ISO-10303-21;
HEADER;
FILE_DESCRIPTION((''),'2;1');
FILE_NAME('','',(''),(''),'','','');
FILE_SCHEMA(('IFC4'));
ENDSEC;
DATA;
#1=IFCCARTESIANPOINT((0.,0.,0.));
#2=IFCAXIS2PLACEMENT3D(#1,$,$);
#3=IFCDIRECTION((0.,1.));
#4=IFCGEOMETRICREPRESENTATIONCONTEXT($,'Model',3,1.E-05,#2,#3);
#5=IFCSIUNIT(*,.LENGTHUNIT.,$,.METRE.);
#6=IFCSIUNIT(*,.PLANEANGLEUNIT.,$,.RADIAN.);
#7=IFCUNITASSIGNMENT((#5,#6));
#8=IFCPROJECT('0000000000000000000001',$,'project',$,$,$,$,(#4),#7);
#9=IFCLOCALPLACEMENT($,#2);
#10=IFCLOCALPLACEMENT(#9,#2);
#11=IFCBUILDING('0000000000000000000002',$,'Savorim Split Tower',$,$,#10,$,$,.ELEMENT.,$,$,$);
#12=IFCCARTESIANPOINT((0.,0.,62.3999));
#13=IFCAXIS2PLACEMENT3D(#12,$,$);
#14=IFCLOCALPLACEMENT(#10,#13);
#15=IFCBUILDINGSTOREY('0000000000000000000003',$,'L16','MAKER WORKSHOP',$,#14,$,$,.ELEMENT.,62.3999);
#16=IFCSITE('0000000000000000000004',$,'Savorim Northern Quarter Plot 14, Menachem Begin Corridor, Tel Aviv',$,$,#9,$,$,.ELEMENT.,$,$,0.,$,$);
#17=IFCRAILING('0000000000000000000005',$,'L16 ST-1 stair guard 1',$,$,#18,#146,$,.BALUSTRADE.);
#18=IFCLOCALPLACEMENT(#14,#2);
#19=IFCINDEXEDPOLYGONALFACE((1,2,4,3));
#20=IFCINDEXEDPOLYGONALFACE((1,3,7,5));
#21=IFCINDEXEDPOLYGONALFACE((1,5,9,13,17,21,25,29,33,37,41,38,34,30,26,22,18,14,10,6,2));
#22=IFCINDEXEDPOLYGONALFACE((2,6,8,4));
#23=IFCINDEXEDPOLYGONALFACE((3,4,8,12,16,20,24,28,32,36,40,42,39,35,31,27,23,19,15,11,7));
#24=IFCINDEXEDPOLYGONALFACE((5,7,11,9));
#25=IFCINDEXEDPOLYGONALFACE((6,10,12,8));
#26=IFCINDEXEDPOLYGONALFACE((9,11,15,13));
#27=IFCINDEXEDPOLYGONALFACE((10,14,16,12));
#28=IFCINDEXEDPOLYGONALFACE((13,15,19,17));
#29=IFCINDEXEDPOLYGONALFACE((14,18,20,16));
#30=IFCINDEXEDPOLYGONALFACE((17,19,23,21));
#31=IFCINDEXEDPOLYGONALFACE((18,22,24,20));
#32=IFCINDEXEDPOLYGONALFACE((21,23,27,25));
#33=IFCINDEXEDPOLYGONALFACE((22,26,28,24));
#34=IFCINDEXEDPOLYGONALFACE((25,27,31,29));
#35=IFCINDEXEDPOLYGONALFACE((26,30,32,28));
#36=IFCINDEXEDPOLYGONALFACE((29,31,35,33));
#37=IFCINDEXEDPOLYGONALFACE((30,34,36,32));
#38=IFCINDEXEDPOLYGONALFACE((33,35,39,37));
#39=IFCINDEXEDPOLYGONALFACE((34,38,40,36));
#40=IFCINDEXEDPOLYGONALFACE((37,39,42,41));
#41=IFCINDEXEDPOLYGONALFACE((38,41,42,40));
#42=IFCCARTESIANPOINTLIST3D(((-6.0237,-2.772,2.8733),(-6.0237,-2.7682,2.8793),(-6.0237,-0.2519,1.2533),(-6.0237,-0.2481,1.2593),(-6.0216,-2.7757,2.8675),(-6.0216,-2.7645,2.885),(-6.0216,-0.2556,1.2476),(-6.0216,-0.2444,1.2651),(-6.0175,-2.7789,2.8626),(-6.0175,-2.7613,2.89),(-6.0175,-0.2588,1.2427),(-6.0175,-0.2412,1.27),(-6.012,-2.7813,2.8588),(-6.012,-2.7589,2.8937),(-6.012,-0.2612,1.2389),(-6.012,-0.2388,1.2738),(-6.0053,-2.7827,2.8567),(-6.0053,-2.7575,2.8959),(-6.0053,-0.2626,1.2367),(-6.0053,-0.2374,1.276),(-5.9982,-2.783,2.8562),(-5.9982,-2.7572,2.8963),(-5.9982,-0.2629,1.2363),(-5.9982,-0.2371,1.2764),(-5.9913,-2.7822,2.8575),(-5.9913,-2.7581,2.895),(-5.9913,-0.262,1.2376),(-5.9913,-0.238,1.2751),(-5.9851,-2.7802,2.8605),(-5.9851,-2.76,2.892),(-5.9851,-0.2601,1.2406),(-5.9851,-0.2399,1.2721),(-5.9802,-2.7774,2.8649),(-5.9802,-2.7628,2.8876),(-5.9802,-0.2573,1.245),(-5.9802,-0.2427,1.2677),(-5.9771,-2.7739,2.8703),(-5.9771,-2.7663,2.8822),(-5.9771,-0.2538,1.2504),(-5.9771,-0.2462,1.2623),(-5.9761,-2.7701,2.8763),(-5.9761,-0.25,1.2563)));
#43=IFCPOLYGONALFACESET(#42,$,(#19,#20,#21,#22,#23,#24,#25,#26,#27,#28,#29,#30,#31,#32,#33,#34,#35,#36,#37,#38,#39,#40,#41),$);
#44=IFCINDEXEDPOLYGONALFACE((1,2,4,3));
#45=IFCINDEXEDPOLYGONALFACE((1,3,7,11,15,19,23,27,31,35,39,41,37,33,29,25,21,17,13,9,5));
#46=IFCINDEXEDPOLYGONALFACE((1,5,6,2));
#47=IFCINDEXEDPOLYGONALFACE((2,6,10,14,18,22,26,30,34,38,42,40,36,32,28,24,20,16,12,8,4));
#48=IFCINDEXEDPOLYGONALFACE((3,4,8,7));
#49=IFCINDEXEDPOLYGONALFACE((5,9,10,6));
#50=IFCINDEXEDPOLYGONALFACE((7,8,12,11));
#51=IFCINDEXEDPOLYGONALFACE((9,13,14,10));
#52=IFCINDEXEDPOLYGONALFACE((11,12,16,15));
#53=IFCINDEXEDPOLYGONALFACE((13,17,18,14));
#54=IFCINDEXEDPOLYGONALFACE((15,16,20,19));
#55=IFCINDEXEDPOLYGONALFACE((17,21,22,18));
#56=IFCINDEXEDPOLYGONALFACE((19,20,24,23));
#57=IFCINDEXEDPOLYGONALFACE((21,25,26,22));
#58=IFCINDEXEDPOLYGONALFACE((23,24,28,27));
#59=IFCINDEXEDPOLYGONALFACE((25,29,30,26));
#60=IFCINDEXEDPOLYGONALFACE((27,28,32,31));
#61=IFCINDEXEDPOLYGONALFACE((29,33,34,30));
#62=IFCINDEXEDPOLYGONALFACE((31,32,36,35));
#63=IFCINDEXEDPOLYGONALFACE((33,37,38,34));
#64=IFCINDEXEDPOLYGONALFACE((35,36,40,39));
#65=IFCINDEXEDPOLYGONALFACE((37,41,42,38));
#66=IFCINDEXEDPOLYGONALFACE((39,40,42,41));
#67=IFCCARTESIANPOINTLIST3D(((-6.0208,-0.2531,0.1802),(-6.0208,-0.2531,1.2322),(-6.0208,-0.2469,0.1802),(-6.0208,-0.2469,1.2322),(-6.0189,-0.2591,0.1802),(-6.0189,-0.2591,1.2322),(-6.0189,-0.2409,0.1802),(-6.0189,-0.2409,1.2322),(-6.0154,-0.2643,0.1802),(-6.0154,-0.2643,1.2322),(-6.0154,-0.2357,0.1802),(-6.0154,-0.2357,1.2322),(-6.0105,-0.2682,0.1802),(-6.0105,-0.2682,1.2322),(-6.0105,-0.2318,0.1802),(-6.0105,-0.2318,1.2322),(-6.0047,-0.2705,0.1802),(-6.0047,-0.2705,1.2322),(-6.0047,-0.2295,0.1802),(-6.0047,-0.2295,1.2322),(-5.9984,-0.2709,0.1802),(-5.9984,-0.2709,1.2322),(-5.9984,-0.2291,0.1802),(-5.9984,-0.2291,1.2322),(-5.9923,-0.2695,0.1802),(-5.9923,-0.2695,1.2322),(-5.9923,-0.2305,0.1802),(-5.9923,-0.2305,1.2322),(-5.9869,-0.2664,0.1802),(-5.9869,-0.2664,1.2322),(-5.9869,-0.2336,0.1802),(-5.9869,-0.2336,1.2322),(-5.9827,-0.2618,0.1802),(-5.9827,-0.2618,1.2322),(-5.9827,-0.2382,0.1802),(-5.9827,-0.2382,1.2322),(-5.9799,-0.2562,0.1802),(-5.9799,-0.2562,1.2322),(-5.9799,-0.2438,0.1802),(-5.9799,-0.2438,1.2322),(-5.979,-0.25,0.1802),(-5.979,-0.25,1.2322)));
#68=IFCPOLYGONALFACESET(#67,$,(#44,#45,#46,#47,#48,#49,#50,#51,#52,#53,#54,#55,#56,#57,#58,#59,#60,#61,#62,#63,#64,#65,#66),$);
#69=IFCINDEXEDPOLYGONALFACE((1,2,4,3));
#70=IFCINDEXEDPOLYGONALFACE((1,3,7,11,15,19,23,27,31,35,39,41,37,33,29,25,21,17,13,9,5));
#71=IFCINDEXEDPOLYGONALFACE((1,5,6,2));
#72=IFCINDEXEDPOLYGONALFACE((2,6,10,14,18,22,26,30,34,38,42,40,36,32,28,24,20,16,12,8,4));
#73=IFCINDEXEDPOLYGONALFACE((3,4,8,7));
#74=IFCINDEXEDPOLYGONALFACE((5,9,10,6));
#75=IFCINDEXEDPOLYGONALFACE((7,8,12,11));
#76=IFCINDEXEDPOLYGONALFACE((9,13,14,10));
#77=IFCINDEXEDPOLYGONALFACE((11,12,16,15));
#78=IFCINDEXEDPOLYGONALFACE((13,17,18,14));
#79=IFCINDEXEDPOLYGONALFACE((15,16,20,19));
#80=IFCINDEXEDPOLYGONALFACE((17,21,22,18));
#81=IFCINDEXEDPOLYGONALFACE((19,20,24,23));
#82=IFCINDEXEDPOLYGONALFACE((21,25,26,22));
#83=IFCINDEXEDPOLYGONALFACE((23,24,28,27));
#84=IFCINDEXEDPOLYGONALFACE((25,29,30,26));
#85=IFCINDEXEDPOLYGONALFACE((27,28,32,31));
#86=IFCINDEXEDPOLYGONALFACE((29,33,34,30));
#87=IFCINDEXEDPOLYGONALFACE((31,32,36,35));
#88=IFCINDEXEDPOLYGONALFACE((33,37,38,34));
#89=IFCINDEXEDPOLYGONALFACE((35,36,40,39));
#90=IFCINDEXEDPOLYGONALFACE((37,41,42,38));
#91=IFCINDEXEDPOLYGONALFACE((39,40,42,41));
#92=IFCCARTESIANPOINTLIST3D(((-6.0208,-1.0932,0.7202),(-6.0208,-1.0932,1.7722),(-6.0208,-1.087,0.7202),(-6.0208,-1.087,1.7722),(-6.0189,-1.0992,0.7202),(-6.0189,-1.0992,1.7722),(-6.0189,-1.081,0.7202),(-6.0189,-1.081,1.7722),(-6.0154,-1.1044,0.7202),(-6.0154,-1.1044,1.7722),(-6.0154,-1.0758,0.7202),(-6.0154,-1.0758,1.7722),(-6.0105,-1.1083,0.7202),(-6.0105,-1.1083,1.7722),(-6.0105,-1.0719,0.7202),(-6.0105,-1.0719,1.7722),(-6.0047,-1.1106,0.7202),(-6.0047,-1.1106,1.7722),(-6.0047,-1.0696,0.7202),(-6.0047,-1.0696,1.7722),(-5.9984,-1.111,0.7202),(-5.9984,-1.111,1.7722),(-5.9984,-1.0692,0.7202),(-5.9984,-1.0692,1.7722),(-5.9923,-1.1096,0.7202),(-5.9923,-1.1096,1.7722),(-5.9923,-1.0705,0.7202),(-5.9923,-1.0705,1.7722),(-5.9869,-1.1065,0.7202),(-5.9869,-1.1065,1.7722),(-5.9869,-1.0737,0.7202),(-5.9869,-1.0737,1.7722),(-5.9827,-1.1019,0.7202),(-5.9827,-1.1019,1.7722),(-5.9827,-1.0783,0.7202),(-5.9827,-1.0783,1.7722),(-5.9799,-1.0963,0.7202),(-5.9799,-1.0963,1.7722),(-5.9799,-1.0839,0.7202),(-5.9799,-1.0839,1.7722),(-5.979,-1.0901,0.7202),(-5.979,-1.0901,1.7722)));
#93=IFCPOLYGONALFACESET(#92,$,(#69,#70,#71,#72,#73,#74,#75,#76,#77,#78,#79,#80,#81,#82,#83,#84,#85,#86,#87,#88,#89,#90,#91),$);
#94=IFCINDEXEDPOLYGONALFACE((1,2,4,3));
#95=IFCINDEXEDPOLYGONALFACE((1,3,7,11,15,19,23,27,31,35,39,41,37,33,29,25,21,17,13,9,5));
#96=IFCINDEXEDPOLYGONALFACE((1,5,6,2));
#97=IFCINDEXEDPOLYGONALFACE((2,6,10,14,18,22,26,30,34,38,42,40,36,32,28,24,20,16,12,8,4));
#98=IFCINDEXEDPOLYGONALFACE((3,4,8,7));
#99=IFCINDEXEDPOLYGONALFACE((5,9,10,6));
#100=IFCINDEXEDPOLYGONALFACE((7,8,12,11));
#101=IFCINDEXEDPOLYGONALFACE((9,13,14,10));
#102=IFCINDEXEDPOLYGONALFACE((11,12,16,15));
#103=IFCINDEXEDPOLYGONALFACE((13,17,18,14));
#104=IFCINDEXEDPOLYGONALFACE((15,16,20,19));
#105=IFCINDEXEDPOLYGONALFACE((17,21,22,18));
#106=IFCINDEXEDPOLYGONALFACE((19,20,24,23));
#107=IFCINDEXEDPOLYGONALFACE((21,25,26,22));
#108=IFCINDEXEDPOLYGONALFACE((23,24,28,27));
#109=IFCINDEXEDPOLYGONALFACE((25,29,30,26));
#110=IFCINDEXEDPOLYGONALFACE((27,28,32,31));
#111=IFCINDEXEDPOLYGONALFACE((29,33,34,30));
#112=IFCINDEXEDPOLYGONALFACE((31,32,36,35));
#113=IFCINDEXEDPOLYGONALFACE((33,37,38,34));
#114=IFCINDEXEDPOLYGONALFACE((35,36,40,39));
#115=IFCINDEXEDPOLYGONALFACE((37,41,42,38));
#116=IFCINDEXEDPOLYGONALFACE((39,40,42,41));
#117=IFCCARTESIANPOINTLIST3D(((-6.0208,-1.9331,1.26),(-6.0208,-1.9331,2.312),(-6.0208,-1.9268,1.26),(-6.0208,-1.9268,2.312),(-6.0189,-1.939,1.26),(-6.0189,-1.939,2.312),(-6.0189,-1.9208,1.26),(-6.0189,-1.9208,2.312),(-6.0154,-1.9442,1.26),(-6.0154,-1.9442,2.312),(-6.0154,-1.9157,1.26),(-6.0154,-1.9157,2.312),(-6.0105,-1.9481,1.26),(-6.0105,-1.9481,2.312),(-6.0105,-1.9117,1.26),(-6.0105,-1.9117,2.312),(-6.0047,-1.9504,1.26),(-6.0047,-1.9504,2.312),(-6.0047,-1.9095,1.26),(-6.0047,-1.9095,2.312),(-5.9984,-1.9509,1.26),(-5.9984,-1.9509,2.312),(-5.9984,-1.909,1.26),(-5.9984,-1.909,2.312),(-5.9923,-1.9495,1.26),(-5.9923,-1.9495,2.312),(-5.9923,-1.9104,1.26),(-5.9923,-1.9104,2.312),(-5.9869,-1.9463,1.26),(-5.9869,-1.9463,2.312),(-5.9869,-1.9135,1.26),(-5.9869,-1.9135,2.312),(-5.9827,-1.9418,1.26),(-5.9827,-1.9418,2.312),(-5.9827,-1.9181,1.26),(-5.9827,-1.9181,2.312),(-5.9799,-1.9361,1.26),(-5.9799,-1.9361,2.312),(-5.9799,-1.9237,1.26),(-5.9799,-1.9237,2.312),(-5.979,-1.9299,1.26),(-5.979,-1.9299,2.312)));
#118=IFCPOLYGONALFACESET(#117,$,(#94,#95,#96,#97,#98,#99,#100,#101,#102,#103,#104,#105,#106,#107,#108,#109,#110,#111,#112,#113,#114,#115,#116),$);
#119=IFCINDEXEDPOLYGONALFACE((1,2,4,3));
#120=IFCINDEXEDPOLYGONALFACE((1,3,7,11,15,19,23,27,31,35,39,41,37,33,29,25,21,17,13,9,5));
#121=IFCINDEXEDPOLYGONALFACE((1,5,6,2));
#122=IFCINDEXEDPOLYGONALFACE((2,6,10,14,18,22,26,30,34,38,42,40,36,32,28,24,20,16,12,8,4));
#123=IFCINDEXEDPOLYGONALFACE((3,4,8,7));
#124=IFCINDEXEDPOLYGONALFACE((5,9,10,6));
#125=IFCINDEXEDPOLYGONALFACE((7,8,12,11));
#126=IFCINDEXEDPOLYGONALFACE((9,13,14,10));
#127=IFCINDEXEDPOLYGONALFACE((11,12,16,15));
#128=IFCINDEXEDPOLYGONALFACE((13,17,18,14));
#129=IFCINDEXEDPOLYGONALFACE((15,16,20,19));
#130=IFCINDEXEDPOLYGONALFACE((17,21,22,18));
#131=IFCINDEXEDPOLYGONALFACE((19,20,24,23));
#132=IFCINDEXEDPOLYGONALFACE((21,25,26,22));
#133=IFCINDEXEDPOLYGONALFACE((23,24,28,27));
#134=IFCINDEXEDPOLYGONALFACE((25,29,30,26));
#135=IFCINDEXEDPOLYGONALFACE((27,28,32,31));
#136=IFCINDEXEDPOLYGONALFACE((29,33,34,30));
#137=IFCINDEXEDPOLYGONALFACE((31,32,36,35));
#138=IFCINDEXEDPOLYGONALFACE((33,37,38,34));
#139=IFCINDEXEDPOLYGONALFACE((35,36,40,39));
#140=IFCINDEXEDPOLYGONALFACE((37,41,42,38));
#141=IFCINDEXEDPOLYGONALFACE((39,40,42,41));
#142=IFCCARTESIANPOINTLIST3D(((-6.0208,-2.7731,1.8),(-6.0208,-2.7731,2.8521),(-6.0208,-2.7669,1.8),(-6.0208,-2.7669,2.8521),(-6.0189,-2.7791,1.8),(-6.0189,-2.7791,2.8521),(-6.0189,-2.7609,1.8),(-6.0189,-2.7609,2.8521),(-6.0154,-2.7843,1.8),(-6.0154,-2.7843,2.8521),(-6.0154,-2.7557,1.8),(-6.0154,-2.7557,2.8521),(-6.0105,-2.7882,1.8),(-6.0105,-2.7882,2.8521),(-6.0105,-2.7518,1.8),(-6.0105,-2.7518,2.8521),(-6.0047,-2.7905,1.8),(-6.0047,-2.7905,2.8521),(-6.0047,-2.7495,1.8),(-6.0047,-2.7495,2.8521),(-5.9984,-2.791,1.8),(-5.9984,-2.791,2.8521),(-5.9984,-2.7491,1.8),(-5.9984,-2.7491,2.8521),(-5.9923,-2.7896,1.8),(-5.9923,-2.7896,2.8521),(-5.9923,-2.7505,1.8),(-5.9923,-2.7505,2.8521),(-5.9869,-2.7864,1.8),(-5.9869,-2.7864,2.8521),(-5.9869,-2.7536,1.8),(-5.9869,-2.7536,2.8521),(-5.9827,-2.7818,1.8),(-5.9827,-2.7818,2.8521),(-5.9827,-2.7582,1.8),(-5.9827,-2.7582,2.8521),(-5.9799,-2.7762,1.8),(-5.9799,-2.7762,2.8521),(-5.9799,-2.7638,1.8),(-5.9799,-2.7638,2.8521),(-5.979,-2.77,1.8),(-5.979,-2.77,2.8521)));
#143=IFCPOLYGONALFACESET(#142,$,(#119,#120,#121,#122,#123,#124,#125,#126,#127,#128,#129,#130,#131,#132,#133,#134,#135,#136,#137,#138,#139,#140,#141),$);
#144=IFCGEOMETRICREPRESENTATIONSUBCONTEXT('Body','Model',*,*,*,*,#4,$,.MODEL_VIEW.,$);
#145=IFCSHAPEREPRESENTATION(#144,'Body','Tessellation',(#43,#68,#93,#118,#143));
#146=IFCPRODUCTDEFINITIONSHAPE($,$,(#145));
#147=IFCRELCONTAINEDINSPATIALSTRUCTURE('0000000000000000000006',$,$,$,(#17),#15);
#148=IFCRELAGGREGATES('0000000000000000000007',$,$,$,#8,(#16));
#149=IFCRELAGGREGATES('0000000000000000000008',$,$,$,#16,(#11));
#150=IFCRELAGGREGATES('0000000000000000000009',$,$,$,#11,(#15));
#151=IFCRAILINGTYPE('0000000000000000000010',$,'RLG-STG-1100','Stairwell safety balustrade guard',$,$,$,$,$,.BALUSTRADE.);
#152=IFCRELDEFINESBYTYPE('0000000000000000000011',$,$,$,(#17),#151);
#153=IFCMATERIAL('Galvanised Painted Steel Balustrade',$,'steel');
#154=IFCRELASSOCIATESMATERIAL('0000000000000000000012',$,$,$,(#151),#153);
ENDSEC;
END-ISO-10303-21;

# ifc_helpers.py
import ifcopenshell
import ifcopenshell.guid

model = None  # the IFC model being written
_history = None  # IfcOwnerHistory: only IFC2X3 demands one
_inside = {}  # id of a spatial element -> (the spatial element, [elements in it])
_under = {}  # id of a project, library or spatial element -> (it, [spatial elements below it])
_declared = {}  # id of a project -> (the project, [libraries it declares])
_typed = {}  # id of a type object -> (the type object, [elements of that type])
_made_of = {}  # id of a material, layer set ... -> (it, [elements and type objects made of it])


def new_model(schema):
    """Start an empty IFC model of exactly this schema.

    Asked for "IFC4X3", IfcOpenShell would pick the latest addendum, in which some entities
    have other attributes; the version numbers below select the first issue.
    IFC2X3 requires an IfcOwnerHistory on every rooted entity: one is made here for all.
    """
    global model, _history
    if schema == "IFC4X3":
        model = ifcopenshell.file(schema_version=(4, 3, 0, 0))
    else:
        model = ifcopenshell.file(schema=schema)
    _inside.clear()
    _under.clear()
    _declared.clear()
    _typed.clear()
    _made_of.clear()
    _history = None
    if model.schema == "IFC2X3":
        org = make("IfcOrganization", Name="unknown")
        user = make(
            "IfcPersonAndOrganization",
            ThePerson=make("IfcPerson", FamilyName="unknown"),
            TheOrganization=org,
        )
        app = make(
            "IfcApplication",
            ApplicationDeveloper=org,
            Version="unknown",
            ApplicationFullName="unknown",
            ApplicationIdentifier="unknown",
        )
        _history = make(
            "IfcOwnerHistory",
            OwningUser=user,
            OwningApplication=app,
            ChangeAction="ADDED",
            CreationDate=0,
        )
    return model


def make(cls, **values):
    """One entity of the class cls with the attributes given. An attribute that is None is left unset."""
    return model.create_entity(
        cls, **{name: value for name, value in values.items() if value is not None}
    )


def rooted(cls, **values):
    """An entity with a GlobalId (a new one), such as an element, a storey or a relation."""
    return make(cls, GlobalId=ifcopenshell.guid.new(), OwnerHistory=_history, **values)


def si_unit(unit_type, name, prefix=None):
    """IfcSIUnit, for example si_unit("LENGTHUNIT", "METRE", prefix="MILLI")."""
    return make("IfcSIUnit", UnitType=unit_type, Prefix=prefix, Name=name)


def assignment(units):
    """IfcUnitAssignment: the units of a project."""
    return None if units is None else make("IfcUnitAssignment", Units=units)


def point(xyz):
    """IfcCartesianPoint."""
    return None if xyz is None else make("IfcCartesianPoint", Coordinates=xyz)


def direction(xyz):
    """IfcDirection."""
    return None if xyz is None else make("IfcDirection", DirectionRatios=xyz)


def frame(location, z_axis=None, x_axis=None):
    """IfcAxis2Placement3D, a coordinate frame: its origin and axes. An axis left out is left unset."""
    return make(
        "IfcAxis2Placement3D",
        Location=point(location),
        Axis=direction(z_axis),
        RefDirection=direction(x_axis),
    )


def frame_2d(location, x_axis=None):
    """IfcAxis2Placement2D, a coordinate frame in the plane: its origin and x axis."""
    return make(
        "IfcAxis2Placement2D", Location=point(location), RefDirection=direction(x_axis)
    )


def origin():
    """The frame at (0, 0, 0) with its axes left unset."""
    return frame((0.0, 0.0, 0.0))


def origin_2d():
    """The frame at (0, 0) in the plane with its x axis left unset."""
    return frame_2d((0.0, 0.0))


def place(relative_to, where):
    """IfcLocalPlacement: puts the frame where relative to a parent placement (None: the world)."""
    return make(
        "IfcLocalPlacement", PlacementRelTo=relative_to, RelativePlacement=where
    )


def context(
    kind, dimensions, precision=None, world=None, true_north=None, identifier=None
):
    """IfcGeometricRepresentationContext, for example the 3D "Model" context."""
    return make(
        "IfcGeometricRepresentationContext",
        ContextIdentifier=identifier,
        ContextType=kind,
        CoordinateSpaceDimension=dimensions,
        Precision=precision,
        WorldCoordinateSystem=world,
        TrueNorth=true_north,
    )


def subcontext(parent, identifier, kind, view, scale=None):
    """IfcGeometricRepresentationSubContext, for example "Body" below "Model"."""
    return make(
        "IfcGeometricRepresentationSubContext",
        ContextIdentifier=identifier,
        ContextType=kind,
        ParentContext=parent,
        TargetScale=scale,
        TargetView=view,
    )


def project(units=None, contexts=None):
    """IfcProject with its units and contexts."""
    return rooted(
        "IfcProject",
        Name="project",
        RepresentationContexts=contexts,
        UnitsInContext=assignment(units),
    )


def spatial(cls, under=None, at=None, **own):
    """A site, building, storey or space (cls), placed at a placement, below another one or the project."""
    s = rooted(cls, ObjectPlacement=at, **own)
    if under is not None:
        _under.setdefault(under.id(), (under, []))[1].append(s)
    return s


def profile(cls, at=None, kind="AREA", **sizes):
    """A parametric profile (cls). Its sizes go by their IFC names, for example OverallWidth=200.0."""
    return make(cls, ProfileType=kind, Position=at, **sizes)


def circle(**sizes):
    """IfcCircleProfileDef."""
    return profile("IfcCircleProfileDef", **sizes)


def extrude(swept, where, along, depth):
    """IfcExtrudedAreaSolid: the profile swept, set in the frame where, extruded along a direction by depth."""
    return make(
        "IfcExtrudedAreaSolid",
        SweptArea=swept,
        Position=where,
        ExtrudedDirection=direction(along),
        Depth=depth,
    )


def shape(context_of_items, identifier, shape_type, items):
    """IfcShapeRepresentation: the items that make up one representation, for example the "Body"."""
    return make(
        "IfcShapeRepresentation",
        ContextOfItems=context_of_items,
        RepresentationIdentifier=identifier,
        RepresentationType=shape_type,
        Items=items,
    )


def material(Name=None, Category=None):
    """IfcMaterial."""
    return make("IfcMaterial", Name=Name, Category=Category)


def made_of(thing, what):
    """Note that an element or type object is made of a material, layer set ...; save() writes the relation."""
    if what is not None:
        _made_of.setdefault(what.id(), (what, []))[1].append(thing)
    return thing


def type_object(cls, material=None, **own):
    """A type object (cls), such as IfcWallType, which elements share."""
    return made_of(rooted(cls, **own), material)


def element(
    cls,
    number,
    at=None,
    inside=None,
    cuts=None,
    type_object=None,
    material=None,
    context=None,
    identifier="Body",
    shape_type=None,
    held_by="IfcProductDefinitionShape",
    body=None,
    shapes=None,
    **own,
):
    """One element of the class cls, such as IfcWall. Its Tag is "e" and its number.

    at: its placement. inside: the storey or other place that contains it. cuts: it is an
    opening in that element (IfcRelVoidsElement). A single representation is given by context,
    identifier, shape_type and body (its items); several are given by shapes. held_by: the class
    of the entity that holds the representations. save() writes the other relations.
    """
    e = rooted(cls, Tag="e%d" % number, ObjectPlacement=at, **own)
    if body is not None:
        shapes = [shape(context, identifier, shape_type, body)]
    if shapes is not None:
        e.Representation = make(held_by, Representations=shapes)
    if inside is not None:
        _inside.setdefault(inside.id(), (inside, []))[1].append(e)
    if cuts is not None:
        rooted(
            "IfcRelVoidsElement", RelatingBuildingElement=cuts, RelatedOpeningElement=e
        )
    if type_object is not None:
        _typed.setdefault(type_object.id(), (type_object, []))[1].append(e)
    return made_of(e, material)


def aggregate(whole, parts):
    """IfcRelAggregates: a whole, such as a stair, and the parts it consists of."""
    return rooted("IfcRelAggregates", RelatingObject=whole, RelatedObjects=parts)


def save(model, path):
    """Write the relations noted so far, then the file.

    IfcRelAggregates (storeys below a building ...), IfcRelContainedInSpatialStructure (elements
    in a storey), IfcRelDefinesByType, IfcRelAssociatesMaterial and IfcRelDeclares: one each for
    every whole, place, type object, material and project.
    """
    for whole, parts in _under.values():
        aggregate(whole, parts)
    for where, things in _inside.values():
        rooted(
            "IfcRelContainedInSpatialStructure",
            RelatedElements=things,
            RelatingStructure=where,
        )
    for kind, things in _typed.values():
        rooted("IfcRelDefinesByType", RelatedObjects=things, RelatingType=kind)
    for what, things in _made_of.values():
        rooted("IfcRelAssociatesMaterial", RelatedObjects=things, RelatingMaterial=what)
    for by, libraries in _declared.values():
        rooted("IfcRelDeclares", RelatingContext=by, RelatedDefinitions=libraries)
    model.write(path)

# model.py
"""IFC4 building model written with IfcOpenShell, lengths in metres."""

from ifc_helpers import new_model, si_unit, direction, frame, origin, origin_2d, place, context, subcontext, project, spatial, circle, extrude, material, type_object, element, save


model = new_model("IFC4")

# Units and contexts
model_context = context("Model", 3, precision=1e-05, world=origin(), true_north=direction((0.0, 1.0)))
body_context = subcontext(model_context, "Body", "Model", "MODEL_VIEW")
ifc_project = project(units=[si_unit("LENGTHUNIT", "METRE"), si_unit("PLANEANGLEUNIT", "RADIAN")], contexts=[model_context])

# Site, building, storey
site_placement = place(None, origin())
site = spatial("IfcSite", under=ifc_project, at=site_placement, Name="Savorim Northern Quarter Plot 14, Menachem Begin Corridor, Tel Aviv", CompositionType="ELEMENT", RefElevation=0.0)
building_placement = place(site_placement, origin())
building = spatial("IfcBuilding", under=site, at=building_placement, Name="Savorim Split Tower", CompositionType="ELEMENT")
storey_placement = place(building_placement, frame((0.0, 0.0, 62.3999)))
storey = spatial("IfcBuildingStorey", under=building, at=storey_placement, Name="L16", Description="MAKER WORKSHOP", CompositionType="ELEMENT", Elevation=62.3999)

# Railing
ifc_material_1 = material(Name="Galvanised Painted Steel Balustrade", Category="steel")
railing_type_1 = type_object("IfcRailingType", Name="RLG-STG-1100", Description="Stairwell safety balustrade guard", PredefinedType="BALUSTRADE", material=ifc_material_1)
railing_1_placement = place(storey_placement, frame((-6.0, -0.25, 0.1802)))
element("IfcRailing", 1, at=railing_1_placement, inside=storey, type_object=railing_type_1, Name="L16 ST-1 stair guard 1", PredefinedType="BALUSTRADE", context=body_context, shape_type="SweptSolid", body=[
    extrude(circle(Radius=0.0239, at=origin_2d()), frame((0.0, 0.0, 1.0762), z_axis=(0.0, -0.8412, 0.540725), x_axis=(1.0, 0.0, 0.0)), (0.0, 0.0, 1.0), 2.9958),
    extrude(circle(Radius=0.021, at=origin_2d()), origin(), (0.0, 0.0, 1.0), 1.052),
    extrude(circle(Radius=0.021, at=origin_2d()), frame((0.0, -0.8401, 0.54)), (0.0, 0.0, 1.0), 1.052),
    extrude(circle(Radius=0.021, at=origin_2d()), frame((0.0, -1.6799, 1.0798)), (0.0, 0.0, 1.0), 1.052),
    extrude(circle(Radius=0.021, at=origin_2d()), frame((0.0, -2.52, 1.6199)), (0.0, 0.0, 1.0), 1.052),
])

save(model, "model.ifc")
